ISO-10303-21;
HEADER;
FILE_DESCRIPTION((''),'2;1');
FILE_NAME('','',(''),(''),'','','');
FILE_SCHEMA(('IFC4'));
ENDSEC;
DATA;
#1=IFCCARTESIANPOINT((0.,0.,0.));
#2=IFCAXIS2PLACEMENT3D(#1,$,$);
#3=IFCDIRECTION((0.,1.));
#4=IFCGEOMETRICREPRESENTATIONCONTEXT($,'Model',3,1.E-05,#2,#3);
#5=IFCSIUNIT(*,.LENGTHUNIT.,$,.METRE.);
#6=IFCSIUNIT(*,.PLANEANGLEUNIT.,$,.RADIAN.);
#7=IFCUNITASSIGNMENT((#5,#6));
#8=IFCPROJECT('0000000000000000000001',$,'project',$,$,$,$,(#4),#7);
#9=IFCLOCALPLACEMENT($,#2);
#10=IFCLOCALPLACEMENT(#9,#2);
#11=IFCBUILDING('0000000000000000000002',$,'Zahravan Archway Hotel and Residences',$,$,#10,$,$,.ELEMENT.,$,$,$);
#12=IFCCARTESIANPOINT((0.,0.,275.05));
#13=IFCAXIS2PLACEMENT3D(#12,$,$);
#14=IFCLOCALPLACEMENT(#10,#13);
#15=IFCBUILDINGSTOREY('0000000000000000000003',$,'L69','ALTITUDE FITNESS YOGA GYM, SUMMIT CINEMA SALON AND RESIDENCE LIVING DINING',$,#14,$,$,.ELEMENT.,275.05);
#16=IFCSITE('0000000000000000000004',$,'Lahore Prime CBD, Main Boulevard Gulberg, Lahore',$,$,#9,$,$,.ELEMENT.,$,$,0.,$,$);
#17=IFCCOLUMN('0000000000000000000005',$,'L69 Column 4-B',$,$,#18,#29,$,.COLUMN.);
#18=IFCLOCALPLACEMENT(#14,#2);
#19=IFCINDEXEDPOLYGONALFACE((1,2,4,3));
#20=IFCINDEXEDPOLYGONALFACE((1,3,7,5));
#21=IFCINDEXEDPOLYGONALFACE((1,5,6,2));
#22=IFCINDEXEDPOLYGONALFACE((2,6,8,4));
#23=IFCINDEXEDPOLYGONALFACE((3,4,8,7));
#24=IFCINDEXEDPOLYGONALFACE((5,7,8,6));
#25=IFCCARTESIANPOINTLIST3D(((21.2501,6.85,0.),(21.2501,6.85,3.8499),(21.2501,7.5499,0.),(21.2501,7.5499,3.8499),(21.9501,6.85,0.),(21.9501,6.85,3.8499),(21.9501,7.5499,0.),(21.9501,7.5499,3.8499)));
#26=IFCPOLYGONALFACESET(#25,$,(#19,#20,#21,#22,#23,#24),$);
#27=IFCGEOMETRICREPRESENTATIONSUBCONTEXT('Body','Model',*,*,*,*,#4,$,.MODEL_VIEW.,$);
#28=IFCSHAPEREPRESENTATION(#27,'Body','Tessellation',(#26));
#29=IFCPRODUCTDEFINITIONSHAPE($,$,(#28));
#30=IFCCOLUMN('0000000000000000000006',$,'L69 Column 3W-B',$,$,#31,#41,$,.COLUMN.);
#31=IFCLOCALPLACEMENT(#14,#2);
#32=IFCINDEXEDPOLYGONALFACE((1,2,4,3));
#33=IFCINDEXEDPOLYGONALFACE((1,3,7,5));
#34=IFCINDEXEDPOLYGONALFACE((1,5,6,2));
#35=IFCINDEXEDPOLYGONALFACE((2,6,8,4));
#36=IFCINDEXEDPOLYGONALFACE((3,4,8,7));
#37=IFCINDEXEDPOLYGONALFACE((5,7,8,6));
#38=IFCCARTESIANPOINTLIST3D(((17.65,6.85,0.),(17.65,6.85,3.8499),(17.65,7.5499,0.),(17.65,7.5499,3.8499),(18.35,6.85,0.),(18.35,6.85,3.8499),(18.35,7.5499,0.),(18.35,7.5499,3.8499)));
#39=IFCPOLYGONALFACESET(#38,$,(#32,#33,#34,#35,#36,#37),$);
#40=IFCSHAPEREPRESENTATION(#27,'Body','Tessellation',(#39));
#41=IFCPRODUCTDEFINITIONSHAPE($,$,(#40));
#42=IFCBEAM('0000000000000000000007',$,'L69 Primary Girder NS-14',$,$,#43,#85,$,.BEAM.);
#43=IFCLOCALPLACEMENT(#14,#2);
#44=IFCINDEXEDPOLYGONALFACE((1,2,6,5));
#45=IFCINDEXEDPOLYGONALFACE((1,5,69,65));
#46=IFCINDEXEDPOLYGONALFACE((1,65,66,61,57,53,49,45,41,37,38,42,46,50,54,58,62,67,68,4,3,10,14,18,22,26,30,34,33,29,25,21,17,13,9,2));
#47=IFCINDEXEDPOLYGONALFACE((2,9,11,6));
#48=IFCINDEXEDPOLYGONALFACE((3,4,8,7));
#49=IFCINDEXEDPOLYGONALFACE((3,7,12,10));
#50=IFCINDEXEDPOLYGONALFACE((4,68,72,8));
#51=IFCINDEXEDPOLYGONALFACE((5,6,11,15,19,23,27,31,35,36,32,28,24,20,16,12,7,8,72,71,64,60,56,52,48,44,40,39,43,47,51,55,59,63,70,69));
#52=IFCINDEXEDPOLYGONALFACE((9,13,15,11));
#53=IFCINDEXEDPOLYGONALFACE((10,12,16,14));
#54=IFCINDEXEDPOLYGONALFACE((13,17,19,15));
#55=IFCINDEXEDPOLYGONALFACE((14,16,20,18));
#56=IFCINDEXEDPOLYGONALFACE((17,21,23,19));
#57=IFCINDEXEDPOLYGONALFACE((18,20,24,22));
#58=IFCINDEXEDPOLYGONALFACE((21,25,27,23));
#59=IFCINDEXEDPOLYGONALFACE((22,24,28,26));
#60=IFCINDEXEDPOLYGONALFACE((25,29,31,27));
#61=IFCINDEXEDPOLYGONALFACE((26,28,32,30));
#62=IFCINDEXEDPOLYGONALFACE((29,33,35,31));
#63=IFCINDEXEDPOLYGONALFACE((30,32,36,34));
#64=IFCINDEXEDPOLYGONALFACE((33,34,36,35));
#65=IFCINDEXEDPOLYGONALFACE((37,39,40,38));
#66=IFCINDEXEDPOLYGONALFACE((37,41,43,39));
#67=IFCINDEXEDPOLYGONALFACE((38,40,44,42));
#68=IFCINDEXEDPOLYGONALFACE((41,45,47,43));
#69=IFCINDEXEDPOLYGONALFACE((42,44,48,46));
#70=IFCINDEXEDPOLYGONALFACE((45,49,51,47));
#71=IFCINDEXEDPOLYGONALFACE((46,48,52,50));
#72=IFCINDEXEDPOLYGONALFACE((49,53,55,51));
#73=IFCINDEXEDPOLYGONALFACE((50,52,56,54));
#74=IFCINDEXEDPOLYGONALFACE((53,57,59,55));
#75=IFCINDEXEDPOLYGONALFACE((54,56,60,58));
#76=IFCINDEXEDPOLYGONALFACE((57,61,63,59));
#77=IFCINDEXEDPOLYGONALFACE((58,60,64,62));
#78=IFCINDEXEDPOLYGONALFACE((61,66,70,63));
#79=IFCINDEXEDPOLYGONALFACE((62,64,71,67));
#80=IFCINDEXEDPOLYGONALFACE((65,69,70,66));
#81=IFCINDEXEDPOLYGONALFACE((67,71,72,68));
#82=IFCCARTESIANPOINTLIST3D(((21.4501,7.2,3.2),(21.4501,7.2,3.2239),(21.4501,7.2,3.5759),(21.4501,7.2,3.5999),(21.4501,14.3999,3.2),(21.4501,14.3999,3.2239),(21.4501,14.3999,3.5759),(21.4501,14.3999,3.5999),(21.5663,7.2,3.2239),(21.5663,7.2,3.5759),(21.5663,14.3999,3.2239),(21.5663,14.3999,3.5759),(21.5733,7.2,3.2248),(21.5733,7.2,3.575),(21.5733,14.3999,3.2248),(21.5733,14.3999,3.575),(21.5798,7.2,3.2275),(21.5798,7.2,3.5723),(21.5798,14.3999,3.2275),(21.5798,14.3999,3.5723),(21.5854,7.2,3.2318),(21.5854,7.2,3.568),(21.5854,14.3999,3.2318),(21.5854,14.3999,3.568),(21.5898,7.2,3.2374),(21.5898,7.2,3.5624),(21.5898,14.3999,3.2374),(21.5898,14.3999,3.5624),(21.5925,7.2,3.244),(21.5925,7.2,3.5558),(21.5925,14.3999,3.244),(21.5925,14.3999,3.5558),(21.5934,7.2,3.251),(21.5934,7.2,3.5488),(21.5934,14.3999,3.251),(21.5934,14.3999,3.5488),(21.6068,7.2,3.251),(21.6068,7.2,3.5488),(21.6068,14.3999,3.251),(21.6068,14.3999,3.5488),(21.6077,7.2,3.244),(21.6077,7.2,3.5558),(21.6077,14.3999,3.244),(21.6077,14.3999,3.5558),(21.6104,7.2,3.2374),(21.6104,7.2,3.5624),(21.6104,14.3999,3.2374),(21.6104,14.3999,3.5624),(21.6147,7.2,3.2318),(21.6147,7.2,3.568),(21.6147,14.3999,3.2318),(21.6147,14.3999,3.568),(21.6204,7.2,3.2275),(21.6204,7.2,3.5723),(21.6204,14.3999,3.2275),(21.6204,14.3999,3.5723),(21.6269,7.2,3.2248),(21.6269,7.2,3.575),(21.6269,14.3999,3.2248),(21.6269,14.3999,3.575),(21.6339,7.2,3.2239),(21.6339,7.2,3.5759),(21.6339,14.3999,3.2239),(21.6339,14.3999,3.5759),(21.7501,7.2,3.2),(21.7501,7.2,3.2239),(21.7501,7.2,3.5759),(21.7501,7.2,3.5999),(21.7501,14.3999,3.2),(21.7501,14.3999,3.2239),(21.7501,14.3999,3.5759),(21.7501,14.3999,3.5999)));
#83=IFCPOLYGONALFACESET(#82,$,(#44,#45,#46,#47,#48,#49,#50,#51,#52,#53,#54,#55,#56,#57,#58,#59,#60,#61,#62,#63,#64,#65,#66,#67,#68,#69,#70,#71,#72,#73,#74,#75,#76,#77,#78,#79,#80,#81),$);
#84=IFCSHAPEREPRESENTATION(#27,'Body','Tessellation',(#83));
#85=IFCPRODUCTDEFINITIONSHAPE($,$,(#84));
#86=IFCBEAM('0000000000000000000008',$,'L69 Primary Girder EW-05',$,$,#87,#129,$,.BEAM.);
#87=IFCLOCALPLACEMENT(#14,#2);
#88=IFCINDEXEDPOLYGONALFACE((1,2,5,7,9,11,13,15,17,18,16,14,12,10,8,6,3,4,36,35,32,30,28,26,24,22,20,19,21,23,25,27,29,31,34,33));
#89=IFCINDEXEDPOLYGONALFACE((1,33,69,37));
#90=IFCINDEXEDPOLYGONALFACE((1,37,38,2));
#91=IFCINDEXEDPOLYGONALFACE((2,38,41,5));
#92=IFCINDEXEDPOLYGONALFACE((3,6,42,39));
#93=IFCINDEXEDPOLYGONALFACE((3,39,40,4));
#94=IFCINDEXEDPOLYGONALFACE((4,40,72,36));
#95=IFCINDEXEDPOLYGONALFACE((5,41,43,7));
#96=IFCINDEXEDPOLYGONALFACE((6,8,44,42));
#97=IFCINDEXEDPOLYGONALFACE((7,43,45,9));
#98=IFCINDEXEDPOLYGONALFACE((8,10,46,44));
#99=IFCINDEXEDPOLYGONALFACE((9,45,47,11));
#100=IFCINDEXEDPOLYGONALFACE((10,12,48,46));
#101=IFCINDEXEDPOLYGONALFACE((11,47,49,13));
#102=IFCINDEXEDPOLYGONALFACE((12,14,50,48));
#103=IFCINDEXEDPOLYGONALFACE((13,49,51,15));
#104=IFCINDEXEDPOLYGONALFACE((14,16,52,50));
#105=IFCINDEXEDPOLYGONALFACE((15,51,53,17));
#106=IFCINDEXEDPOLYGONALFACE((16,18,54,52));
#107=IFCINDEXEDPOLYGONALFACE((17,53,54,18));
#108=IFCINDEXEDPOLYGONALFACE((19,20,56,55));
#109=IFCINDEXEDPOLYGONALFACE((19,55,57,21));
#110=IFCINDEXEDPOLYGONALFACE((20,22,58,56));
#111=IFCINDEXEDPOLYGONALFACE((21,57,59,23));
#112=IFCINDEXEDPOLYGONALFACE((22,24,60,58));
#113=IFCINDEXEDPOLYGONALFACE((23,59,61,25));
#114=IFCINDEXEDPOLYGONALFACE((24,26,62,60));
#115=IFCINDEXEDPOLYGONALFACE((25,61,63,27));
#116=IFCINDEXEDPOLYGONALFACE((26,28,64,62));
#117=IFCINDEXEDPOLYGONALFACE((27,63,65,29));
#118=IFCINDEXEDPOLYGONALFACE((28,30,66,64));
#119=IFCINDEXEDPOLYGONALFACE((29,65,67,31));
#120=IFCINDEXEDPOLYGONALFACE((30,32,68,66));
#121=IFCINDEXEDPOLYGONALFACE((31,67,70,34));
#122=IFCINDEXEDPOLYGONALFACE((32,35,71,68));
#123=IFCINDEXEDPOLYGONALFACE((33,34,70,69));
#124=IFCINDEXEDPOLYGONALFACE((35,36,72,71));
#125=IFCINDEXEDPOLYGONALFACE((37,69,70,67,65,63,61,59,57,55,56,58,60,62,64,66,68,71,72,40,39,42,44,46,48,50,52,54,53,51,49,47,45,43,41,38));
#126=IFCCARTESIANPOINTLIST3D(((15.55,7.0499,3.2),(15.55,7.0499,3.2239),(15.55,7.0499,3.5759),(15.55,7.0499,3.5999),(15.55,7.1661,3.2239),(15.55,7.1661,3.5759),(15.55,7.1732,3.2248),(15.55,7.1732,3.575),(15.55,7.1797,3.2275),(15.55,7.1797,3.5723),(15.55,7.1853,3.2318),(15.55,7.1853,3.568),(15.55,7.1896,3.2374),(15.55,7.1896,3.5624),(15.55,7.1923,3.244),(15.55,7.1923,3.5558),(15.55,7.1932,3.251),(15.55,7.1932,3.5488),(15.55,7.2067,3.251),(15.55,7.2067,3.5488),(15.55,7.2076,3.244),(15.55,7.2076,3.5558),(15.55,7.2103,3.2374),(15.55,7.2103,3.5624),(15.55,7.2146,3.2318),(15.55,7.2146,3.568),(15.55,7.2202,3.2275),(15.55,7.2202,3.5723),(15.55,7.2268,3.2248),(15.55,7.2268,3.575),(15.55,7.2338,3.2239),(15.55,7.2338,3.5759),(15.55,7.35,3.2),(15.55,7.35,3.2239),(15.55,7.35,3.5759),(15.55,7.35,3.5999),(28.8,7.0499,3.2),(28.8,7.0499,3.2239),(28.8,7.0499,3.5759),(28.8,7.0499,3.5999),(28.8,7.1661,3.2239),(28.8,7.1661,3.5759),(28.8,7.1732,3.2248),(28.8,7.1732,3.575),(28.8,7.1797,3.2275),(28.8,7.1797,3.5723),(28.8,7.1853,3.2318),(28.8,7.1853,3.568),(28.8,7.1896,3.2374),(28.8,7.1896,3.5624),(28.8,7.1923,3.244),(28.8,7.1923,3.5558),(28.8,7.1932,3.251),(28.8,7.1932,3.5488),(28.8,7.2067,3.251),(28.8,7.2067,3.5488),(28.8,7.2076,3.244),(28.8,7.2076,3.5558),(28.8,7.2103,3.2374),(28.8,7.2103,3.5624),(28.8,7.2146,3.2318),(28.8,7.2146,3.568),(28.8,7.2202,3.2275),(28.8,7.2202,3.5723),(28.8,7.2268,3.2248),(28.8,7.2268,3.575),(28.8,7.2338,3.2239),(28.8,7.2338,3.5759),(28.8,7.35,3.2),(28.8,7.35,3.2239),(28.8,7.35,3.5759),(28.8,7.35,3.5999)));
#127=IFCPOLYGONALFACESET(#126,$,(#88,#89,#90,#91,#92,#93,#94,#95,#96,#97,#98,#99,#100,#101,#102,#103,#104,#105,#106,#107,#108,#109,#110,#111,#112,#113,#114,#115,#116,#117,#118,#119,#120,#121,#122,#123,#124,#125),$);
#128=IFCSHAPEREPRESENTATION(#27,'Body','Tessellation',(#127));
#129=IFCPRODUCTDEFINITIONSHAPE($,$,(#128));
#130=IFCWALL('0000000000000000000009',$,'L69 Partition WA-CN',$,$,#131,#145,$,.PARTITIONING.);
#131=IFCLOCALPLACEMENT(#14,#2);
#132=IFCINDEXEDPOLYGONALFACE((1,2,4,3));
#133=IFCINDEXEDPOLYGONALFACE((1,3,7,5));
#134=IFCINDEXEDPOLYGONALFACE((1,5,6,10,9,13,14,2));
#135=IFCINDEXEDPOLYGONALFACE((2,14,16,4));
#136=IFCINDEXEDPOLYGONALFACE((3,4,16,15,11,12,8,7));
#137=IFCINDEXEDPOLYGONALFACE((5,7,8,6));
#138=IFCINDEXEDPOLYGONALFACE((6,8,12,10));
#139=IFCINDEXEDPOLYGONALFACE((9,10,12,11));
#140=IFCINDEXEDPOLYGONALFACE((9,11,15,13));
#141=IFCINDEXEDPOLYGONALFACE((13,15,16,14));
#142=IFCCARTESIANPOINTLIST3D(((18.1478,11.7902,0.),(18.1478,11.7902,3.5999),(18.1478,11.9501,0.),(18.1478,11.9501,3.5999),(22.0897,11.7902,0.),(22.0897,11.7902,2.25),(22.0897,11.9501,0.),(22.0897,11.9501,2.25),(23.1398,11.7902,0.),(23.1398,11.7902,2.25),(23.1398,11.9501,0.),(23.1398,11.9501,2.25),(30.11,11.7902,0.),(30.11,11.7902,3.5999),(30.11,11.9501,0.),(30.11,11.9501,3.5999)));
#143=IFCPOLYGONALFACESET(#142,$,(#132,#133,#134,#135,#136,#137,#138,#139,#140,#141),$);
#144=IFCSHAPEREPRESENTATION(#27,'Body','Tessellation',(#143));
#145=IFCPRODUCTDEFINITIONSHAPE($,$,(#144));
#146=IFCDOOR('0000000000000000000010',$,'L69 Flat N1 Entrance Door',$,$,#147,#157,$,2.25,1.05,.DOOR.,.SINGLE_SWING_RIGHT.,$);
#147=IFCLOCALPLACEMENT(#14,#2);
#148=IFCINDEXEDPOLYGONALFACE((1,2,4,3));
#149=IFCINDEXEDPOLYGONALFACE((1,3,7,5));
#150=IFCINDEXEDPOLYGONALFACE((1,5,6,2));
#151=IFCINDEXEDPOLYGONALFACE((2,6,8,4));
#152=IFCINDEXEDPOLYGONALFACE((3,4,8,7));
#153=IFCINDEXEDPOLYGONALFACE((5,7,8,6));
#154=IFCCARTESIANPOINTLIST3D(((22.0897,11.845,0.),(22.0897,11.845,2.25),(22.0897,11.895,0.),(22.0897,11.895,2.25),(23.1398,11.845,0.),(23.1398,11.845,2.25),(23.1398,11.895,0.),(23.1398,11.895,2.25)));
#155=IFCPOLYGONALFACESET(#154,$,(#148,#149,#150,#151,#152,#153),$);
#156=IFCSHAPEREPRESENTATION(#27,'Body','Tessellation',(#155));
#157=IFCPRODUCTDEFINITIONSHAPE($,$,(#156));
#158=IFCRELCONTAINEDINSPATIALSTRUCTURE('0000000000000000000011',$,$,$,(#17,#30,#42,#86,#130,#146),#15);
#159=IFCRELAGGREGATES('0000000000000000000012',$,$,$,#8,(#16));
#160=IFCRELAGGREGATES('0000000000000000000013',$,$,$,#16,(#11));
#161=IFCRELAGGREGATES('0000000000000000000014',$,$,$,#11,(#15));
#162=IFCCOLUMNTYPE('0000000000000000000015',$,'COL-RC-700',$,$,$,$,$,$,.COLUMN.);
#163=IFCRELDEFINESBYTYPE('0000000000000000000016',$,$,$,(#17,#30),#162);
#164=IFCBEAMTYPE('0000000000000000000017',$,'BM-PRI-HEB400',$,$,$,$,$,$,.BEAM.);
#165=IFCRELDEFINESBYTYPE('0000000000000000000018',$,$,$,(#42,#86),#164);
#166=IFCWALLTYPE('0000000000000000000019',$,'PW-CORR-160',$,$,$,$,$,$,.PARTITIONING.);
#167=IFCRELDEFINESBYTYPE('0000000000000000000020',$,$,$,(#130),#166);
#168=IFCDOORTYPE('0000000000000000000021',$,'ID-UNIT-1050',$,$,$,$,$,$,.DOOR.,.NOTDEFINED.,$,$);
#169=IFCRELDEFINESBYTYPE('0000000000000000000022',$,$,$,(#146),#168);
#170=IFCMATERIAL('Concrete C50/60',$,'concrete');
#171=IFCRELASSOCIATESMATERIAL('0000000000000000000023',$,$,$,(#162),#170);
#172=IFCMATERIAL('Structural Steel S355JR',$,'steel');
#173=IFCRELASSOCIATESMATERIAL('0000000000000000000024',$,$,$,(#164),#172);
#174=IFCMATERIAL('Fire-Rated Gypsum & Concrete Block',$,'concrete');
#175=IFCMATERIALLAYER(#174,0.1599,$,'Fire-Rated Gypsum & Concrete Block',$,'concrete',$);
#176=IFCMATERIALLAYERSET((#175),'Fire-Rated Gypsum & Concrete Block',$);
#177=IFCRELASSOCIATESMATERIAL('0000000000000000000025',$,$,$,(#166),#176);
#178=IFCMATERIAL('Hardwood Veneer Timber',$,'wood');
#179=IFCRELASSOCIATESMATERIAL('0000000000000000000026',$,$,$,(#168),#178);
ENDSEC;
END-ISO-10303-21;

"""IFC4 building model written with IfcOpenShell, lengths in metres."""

from ifc_helpers import new_model, si_unit, direction, frame, frame_2d, origin, origin_2d, place, context, subcontext, project, spatial, rectangle, i_section, extrude, source, transform, mapped, material, layer, layer_set, material_profile, profile_set, type_object, type_shapes, element, fill, save


model = new_model("IFC4")

# Units and contexts
model_context = context("Model", 3, precision=1e-05, world=origin(), true_north=direction((0.0, 1.0)))
body_context = subcontext(model_context, "Body", "Model", "MODEL_VIEW")
ifc_project = project(units=[si_unit("LENGTHUNIT", "METRE"), si_unit("PLANEANGLEUNIT", "RADIAN")], contexts=[model_context])

# Site, building, storey
site_placement = place(None, origin())
site = spatial("IfcSite", under=ifc_project, at=site_placement, Name="Lahore Prime CBD, Main Boulevard Gulberg, Lahore", CompositionType="ELEMENT", RefElevation=0.0)
building_placement = place(site_placement, origin())
building = spatial("IfcBuilding", under=site, at=building_placement, Name="Zahravan Archway Hotel and Residences", CompositionType="ELEMENT")
storey_placement = place(building_placement, frame((0.0, 0.0, 275.05)))
storey = spatial("IfcBuildingStorey", under=building, at=storey_placement, Name="L69", Description="ALTITUDE FITNESS YOGA GYM, SUMMIT CINEMA SALON AND RESIDENCE LIVING DINING", CompositionType="ELEMENT", Elevation=275.05)

# Columns
ifc_material_1 = material(Name="Concrete C50/60", Category="concrete")
ifc_material_profile_1 = material_profile(ifc_material_1, rectangle(XDim=0.7, YDim=0.7, at=origin_2d()), Name="RC-COL-700x700", Category="concrete")
ifc_profile_set_1 = profile_set([ifc_material_profile_1], Name="Concrete C50/60")
column_type = type_object("IfcColumnType", Name="COL-RC-700", PredefinedType="COLUMN", material=ifc_profile_set_1)
shared_shape_1 = source(origin(), body_context, "Body", "SweptSolid", [
    extrude(rectangle(XDim=0.7, YDim=0.7, at=origin_2d()), origin(), (0.0, 0.0, 1.0), 3.8499),
])
type_shapes(column_type, [shared_shape_1])
for number, where, z_axis, x_axis, name in (
    (1, (21.6001, 7.2, 0.0), (0.0, 0.0, 1.0), (1.0, 0.0, 0.0), "L69 Column 4-B"),
    (2, (18.0, 7.2, 0.0), (0.0, 0.0, 1.0), (1.0, 0.0, 0.0), "L69 Column 3W-B"),
):
    element("IfcColumn", number, at=place(storey_placement, frame(where, z_axis=z_axis, x_axis=x_axis)), inside=storey, type_object=column_type, Name=name, PredefinedType="COLUMN", context=body_context, shape_type="MappedRepresentation", body=[
        mapped(shared_shape_1, transform((0.0, 0.0, 0.0), scale=1.0)),
    ])

# Beams
ifc_material_2 = material(Name="Structural Steel S355JR", Category="steel")
ifc_material_profile_2 = material_profile(ifc_material_2, i_section(OverallWidth=0.3, OverallDepth=0.3999, WebThickness=0.0134, FlangeThickness=0.0239, FilletRadius=0.0271, at=origin_2d()), Name="HEB 400", Category="steel")
ifc_profile_set_2 = profile_set([ifc_material_profile_2], Name="Structural Steel S355JR")
beam_type = type_object("IfcBeamType", Name="BM-PRI-HEB400", PredefinedType="BEAM", material=ifc_profile_set_2)
shared_shape_2 = source(origin(), body_context, "Body", "SweptSolid", [
    extrude(i_section(OverallWidth=0.3, OverallDepth=0.3999, WebThickness=0.0134, FlangeThickness=0.0239, FilletRadius=0.0271, at=origin_2d()), origin(), (0.0, 0.0, 1.0), 7.2),
])
type_shapes(beam_type, [shared_shape_2])
beam_1_placement = place(storey_placement, frame((21.6001, 7.2, 3.3999), z_axis=(0.0, 1.0, 0.0), x_axis=(-1.0, 0.0, 0.0)))
element("IfcBeam", 3, at=beam_1_placement, inside=storey, type_object=beam_type, Name="L69 Primary Girder NS-14", PredefinedType="BEAM", context=body_context, shape_type="MappedRepresentation", body=[
    mapped(shared_shape_2, transform((0.0, 0.0, 0.0), scale=1.0)),
])
shared_shape_3 = source(origin(), body_context, "Body", "SweptSolid", [
    extrude(i_section(OverallWidth=0.3, OverallDepth=0.3999, WebThickness=0.0134, FlangeThickness=0.0239, FilletRadius=0.0271, at=origin_2d()), origin(), (0.0, 0.0, 1.0), 13.25),
])
beam_2_placement = place(storey_placement, frame((15.55, 7.2, 3.3999), z_axis=(1.0, 0.0, 0.0), x_axis=(0.0, 1.0, 0.0)))
element("IfcBeam", 4, at=beam_2_placement, inside=storey, type_object=beam_type, Name="L69 Primary Girder EW-05", PredefinedType="BEAM", context=body_context, shape_type="MappedRepresentation", body=[
    mapped(shared_shape_3, transform((0.0, 0.0, 0.0), scale=1.0)),
])

# Wall, opening, door
ifc_material_3 = material(Name="Fire-Rated Gypsum & Concrete Block", Category="concrete")
ifc_layer_1 = layer(ifc_material_3, 0.1599, Name="Fire-Rated Gypsum & Concrete Block", Category="concrete")
ifc_layer_set_1 = layer_set([ifc_layer_1], Name="Fire-Rated Gypsum & Concrete Block")
wall_type_1 = type_object("IfcWallType", Name="PW-CORR-160", PredefinedType="PARTITIONING", material=ifc_layer_set_1)
wall_1_placement = place(storey_placement, frame((18.1479, 11.8701, 0.0), z_axis=(0.0, 0.0, 1.0), x_axis=(1.0, 0.0, 0.0)))
wall_1 = element("IfcWall", 5, at=wall_1_placement, inside=storey, type_object=wall_type_1, Name="L69 Partition WA-CN", PredefinedType="PARTITIONING", context=body_context, shape_type="SweptSolid", body=[
    extrude(rectangle(XDim=11.9622, YDim=0.1599, at=frame_2d((5.981, 0.0))), origin(), (0.0, 0.0, 1.0), 3.5999),
])
opening_1_placement = place(wall_1_placement, frame((3.9419, 0.0, 0.0)))
opening_1 = element("IfcOpeningElement", 6, at=opening_1_placement, cuts=wall_1, PredefinedType="OPENING", context=body_context, shape_type="SweptSolid", body=[
    extrude(rectangle(XDim=1.05, YDim=2.25, at=frame_2d((0.5249, 1.125))), frame((0.0, 0.0898, 0.0), z_axis=(0.0, -1.0, 0.0), x_axis=(1.0, 0.0, 0.0)), (0.0, 0.0, 1.0), 0.1799),
])
ifc_material_4 = material(Name="Hardwood Veneer Timber", Category="wood")
door_type_1 = type_object("IfcDoorType", Name="ID-UNIT-1050", OperationType="NOTDEFINED", PredefinedType="DOOR", material=ifc_material_4)
shared_shape_4 = source(origin(), body_context, "Body", "SweptSolid", [
    extrude(rectangle(XDim=1.05, YDim=2.25, at=frame_2d((0.5249, 1.125))), frame((0.0, 0.0249, 0.0), z_axis=(0.0, -1.0, 0.0), x_axis=(1.0, 0.0, 0.0)), (0.0, 0.0, 1.0), 0.05),
])
type_shapes(door_type_1, [shared_shape_4])
door_1_placement = place(opening_1_placement, origin())
door_1 = element("IfcDoor", 7, at=door_1_placement, inside=storey, type_object=door_type_1, Name="L69 Flat N1 Entrance Door", OperationType="SINGLE_SWING_RIGHT", OverallHeight=2.25, OverallWidth=1.05, PredefinedType="DOOR", context=body_context, shape_type="MappedRepresentation", body=[
    mapped(shared_shape_4, transform((0.0, 0.0, 0.0), scale=1.0)),
])
fill(opening_1, door_1)

save(model, "model.ifc")
